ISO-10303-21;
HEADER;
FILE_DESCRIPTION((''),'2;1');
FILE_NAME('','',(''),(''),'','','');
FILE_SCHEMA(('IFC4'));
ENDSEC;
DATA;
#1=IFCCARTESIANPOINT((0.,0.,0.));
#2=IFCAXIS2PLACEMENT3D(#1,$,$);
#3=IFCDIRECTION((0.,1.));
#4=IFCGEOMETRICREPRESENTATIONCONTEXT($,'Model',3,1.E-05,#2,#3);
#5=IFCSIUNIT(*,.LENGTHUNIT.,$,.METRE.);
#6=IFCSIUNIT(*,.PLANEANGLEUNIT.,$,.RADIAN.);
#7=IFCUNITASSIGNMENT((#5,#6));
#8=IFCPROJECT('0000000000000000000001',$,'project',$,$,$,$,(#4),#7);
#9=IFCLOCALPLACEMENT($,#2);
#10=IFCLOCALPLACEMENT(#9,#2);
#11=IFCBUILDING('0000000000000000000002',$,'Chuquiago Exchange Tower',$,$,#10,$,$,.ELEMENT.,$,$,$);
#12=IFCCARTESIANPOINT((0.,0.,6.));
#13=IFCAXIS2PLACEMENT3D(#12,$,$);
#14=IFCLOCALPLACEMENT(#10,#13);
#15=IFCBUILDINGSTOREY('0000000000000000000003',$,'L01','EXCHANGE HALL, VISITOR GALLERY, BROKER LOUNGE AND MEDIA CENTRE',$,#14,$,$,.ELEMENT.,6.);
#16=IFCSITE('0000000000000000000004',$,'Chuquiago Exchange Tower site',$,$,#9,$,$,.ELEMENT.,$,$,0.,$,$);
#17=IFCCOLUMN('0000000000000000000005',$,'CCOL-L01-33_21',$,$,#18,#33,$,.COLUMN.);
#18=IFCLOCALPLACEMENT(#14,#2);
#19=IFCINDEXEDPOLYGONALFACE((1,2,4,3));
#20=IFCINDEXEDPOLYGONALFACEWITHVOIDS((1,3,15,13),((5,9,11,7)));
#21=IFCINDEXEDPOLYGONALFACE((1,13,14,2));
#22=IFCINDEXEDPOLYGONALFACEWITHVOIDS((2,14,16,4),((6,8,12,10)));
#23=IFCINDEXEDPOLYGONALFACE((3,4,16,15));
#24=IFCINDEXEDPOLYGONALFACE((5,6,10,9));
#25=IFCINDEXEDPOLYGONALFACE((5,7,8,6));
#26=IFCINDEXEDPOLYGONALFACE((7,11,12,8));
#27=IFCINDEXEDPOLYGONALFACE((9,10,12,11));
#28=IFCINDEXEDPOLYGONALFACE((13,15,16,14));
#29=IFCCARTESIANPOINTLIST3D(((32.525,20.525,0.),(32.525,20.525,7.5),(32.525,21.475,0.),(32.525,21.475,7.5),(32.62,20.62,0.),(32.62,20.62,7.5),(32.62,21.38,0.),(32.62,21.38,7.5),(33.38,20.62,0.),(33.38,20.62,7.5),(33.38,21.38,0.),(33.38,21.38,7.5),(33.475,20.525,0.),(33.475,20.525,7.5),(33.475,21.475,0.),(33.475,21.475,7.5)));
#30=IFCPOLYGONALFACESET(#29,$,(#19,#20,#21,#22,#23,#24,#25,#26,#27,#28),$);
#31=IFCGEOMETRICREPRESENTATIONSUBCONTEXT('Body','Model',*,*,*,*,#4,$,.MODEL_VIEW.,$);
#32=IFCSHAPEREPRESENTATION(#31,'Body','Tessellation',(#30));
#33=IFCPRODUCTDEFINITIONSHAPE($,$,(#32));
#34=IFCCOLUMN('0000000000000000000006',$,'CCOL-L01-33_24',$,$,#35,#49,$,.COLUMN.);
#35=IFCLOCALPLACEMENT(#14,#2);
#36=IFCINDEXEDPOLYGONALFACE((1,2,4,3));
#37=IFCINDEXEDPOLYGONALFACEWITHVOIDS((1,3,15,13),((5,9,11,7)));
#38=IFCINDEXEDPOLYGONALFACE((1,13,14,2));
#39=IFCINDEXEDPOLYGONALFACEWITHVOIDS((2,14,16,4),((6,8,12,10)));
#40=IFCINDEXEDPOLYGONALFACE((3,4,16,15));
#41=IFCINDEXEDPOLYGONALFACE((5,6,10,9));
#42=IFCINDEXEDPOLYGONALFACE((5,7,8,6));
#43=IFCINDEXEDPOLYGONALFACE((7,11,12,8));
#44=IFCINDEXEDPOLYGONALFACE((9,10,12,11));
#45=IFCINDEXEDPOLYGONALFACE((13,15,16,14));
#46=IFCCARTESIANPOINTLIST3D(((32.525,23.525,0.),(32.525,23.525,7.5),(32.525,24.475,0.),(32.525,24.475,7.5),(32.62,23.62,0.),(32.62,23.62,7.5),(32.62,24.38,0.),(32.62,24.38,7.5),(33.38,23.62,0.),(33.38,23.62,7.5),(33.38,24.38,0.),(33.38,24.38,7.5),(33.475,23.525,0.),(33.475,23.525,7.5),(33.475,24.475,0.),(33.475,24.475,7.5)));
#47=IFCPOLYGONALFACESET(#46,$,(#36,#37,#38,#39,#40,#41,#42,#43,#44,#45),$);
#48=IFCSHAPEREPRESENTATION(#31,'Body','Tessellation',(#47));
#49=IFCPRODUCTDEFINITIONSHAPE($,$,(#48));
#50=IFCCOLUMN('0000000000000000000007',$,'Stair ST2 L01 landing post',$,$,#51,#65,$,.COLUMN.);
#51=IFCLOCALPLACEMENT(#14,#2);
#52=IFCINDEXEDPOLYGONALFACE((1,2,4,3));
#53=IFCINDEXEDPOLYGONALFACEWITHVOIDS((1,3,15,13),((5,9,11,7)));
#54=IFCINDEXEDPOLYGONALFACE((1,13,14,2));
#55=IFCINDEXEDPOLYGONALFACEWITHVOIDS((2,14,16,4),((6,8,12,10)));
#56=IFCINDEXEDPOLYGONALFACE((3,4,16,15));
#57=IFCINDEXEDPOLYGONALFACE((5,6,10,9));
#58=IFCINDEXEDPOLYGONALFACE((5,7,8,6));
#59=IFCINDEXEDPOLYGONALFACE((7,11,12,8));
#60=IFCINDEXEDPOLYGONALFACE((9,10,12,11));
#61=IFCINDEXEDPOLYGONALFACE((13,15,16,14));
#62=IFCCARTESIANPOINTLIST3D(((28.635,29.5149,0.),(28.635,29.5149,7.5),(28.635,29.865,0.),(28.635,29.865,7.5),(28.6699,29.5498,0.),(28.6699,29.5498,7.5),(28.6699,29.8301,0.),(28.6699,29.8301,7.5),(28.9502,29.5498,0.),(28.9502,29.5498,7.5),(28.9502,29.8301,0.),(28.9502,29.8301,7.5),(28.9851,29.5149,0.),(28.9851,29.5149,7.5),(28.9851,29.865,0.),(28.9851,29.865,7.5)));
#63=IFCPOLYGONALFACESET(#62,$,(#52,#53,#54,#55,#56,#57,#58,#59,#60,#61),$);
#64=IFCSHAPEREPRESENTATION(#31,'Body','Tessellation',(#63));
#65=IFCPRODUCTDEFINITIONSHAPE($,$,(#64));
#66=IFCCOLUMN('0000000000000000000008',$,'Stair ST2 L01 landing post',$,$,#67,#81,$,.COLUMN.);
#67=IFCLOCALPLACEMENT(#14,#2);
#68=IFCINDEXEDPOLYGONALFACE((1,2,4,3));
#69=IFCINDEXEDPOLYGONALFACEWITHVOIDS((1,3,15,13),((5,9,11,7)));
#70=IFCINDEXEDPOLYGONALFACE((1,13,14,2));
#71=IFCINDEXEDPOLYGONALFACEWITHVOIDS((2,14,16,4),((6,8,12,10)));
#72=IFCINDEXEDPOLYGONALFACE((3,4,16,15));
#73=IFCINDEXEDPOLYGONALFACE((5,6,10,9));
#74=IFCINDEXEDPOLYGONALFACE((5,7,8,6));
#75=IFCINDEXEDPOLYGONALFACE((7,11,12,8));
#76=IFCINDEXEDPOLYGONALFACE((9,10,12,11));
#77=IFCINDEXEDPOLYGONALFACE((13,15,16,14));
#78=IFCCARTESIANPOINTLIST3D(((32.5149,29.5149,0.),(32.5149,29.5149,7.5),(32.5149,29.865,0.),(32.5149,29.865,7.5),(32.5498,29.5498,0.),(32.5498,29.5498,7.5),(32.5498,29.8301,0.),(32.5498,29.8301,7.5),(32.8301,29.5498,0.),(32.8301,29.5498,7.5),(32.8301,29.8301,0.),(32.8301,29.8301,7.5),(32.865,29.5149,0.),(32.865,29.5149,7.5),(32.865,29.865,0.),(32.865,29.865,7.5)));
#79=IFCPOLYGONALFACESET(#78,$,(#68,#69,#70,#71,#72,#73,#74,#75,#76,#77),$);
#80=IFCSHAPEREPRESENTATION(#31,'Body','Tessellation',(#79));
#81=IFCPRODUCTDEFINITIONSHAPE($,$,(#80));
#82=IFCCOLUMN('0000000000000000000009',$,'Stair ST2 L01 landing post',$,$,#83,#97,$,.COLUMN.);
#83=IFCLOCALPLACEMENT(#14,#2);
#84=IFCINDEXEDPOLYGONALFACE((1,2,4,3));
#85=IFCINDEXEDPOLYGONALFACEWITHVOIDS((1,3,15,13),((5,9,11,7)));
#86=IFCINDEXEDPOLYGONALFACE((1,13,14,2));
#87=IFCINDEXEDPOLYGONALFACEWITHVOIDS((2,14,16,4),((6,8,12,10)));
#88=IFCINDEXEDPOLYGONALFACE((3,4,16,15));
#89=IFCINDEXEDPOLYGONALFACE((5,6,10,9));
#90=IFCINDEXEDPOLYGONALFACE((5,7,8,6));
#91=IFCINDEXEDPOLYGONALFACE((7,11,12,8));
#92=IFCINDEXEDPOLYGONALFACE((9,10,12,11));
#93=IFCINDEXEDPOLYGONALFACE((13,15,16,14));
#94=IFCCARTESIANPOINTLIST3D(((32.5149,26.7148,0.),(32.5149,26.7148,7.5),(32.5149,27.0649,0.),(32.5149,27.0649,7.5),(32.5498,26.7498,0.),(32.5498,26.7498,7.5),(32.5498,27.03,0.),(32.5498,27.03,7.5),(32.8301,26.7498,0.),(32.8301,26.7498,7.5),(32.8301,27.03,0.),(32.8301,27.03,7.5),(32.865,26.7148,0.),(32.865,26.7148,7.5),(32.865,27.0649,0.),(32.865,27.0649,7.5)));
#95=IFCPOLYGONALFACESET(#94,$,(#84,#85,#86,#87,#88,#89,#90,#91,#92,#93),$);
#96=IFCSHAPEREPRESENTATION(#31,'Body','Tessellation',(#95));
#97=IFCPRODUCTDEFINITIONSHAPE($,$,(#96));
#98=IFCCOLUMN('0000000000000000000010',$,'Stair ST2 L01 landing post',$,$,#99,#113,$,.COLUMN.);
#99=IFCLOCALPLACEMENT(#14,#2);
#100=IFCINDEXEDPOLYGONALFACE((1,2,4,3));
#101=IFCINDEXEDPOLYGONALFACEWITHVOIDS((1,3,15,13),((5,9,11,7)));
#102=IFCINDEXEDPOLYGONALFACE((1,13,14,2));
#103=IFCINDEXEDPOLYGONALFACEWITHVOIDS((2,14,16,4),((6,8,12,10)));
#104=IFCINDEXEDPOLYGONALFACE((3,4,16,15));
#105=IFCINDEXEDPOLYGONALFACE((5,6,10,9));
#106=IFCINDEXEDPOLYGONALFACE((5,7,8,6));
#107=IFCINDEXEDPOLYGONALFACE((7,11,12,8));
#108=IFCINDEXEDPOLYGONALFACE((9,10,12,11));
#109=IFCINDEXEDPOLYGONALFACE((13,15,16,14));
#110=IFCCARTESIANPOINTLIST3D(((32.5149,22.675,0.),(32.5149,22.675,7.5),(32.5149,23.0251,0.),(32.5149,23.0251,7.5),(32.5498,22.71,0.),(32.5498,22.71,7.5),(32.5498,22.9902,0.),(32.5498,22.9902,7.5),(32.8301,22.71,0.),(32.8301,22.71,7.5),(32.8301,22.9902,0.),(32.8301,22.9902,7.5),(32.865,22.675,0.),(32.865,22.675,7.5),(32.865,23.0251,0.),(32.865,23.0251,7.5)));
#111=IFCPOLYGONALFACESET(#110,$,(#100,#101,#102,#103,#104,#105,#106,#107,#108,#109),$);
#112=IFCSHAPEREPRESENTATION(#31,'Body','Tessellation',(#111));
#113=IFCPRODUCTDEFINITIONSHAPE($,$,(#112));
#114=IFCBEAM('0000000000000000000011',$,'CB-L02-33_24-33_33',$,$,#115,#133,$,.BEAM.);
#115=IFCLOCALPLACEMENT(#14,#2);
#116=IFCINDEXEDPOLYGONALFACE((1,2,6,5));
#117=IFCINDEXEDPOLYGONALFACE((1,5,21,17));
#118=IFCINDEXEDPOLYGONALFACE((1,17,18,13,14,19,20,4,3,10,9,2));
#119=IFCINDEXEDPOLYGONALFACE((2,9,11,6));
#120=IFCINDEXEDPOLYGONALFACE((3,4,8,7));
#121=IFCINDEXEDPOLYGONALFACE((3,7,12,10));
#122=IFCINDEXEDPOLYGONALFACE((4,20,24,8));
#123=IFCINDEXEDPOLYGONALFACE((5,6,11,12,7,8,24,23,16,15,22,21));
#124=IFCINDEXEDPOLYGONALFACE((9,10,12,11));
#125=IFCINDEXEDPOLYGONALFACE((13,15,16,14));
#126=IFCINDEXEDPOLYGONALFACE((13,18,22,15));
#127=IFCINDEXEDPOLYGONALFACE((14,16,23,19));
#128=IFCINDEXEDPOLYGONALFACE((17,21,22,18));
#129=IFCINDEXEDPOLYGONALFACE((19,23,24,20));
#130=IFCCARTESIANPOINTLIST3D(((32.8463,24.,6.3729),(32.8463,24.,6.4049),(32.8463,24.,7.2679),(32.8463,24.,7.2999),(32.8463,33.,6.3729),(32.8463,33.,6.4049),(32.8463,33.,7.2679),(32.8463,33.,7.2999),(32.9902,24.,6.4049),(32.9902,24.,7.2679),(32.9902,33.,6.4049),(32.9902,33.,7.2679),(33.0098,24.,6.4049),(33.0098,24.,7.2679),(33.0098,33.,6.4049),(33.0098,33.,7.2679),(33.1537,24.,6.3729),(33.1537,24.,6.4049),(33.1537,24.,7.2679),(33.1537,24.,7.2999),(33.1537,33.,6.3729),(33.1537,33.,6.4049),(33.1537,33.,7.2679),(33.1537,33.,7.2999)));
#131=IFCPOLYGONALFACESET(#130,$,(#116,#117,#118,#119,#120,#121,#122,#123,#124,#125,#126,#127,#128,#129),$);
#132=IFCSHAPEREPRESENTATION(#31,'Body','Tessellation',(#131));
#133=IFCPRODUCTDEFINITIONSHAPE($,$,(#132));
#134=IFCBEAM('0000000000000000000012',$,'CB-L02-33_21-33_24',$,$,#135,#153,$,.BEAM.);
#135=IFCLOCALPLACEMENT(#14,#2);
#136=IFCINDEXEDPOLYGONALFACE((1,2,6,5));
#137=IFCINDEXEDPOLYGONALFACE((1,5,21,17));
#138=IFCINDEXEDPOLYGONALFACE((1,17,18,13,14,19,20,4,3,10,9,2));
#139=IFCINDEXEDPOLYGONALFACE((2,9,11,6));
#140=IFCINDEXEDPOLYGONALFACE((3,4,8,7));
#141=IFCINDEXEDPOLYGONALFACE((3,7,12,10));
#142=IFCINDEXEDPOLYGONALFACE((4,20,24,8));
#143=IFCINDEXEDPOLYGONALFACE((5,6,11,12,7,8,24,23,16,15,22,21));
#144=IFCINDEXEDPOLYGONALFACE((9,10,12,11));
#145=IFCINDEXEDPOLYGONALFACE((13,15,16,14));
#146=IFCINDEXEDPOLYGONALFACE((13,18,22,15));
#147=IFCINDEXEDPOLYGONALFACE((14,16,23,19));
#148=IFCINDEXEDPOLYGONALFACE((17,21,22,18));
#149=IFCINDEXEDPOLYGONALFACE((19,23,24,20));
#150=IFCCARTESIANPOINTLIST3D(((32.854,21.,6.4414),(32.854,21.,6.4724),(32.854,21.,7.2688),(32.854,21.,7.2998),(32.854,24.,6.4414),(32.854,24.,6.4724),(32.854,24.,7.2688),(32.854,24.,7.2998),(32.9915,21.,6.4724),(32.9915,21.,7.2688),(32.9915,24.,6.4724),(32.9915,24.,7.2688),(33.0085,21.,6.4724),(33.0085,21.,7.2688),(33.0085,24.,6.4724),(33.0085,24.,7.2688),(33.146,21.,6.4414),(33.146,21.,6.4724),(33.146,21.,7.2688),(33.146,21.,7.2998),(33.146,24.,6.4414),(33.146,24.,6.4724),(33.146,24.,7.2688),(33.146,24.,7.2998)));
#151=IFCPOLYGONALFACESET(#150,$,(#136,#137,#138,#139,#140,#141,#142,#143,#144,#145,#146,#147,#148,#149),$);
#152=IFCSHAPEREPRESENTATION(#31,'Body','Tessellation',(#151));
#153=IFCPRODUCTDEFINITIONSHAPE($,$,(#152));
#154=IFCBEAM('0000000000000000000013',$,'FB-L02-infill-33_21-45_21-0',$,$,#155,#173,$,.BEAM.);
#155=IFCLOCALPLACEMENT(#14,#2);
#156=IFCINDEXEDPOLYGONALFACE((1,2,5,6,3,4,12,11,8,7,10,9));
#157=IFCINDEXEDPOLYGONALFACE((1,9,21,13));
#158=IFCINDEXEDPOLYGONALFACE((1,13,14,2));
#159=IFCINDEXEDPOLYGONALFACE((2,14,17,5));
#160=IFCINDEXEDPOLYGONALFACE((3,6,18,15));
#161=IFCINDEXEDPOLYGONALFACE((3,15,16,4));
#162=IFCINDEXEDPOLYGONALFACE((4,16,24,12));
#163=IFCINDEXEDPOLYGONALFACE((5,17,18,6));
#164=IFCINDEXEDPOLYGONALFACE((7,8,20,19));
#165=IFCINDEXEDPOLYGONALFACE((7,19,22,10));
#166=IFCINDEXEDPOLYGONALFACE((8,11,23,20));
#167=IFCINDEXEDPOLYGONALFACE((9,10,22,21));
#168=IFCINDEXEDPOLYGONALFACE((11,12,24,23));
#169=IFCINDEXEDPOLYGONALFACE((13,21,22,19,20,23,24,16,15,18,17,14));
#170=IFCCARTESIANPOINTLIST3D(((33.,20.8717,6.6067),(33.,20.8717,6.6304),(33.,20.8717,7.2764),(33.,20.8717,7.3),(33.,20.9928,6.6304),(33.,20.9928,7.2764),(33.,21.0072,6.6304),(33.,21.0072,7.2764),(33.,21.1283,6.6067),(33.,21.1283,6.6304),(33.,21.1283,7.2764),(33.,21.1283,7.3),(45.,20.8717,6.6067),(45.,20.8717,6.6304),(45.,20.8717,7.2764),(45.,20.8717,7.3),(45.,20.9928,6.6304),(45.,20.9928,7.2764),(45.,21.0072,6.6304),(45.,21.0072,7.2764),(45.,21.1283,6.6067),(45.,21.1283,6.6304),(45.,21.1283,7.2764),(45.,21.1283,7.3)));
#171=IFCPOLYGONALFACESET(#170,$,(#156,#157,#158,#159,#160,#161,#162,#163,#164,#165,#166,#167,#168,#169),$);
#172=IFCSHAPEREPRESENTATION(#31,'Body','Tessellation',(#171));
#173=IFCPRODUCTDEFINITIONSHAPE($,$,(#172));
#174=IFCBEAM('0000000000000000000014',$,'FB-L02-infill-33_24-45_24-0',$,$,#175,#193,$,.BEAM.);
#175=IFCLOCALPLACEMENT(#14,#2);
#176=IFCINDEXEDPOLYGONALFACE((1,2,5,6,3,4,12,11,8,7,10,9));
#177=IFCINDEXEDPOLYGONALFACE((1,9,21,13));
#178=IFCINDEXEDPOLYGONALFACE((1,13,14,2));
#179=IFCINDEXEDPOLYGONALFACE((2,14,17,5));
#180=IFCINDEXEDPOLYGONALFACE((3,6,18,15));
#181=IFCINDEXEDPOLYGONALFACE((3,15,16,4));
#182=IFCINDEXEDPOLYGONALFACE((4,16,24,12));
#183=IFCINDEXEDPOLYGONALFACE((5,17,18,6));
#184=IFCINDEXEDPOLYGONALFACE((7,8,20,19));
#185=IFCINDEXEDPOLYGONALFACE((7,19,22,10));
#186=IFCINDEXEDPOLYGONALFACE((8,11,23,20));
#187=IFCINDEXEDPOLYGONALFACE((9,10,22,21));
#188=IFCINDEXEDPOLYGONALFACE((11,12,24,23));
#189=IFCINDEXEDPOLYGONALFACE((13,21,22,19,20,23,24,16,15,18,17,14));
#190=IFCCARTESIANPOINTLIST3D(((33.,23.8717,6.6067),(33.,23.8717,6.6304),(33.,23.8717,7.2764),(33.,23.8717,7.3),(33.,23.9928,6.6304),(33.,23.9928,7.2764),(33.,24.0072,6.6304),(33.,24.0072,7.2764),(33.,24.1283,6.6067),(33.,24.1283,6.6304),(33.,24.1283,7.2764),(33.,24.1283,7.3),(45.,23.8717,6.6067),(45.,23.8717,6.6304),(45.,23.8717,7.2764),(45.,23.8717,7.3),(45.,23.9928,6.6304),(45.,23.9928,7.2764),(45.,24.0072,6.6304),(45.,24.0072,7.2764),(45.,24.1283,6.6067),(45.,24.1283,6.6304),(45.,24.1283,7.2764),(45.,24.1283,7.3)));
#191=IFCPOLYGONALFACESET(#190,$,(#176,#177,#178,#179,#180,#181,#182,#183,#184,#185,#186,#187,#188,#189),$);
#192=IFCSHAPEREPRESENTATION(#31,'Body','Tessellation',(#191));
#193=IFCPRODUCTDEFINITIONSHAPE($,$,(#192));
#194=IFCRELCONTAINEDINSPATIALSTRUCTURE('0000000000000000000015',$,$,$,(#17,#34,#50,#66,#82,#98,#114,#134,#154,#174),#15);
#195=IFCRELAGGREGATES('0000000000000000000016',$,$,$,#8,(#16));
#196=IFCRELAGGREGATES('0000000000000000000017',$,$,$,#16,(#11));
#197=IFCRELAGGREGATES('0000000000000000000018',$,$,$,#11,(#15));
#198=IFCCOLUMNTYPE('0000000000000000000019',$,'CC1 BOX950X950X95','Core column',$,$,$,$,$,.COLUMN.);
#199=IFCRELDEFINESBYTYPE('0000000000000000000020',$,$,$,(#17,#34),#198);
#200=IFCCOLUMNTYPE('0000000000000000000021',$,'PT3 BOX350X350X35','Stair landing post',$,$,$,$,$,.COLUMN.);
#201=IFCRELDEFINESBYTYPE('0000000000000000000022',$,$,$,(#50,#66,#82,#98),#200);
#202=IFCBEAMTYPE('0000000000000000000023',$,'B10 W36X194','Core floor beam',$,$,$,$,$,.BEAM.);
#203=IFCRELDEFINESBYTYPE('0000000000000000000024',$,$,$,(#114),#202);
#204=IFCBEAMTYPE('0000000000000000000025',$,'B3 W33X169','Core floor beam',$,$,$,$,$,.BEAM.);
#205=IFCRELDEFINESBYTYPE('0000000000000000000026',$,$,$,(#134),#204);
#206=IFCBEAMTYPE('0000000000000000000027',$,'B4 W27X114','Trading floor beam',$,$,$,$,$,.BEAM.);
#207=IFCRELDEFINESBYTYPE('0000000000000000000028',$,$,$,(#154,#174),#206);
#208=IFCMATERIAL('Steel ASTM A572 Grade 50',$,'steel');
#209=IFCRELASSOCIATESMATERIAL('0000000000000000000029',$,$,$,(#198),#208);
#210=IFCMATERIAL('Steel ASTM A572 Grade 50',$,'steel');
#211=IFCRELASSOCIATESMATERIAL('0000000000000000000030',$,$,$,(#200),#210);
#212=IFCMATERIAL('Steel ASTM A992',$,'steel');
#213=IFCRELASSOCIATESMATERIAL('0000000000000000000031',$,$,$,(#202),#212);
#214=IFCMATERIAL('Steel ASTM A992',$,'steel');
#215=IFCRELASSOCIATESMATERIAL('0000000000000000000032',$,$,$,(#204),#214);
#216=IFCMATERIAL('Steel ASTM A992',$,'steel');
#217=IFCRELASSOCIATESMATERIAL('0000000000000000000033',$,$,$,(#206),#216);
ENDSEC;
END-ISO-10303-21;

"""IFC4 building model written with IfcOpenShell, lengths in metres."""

from ifc_helpers import new_model, si_unit, direction, frame, origin, origin_2d, place, context, subcontext, project, spatial, hollow_rectangle, i_section, extrude, material, material_profile, profile_set, type_object, element, save


model = new_model("IFC4")

# Units and contexts
model_context = context("Model", 3, precision=1e-05, world=origin(), true_north=direction((0.0, 1.0)))
body_context = subcontext(model_context, "Body", "Model", "MODEL_VIEW")
ifc_project = project(units=[si_unit("LENGTHUNIT", "METRE"), si_unit("PLANEANGLEUNIT", "RADIAN")], contexts=[model_context])

# Site, building, storey
site_placement = place(None, origin())
site = spatial("IfcSite", under=ifc_project, at=site_placement, Name="Chuquiago Exchange Tower site", CompositionType="ELEMENT", RefElevation=0.0)
building_placement = place(site_placement, origin())
building = spatial("IfcBuilding", under=site, at=building_placement, Name="Chuquiago Exchange Tower", CompositionType="ELEMENT")
storey_placement = place(building_placement, frame((0.0, 0.0, 6.0)))
storey = spatial("IfcBuildingStorey", under=building, at=storey_placement, Name="L01", Description="EXCHANGE HALL, VISITOR GALLERY, BROKER LOUNGE AND MEDIA CENTRE", CompositionType="ELEMENT", Elevation=6.0)

# Columns
ifc_material_1 = material(Name="Steel ASTM A572 Grade 50", Category="steel")
ifc_material_profile_1 = material_profile(ifc_material_1, hollow_rectangle(XDim=0.95, YDim=0.95, WallThickness=0.095, at=origin_2d()), Name="BOX950X950X95")
ifc_profile_set_1 = profile_set([ifc_material_profile_1], Name="Steel ASTM A572 Grade 50")
column_type_1 = type_object("IfcColumnType", Name="CC1 BOX950X950X95", Description="Core column", PredefinedType="COLUMN", material=ifc_profile_set_1)
for number, where, z_axis, x_axis, name in (
    (1, (33.0, 21.0, 0.0), (0.0, 0.0, 1.0), (1.0, 0.0, 0.0), "CCOL-L01-33_21"),
    (2, (33.0, 24.0, 0.0), (0.0, 0.0, 1.0), (1.0, 0.0, 0.0), "CCOL-L01-33_24"),
):
    element("IfcColumn", number, at=place(storey_placement, frame(where, z_axis=z_axis, x_axis=x_axis)), inside=storey, type_object=column_type_1, Name=name, PredefinedType="COLUMN", context=body_context, shape_type="SweptSolid", body=[
        extrude(hollow_rectangle(XDim=0.95, YDim=0.95, WallThickness=0.095, at=origin_2d()), origin(), (0.0, 0.0, 1.0), 7.5),
    ])
ifc_material_2 = material(Name="Steel ASTM A572 Grade 50", Category="steel")
ifc_material_profile_2 = material_profile(ifc_material_2, hollow_rectangle(XDim=0.3501, YDim=0.3501, WallThickness=0.0349, at=origin_2d()), Name="BOX350X350X35")
ifc_profile_set_2 = profile_set([ifc_material_profile_2], Name="Steel ASTM A572 Grade 50")
column_type_2 = type_object("IfcColumnType", Name="PT3 BOX350X350X35", Description="Stair landing post", PredefinedType="COLUMN", material=ifc_profile_set_2)
for number, where, z_axis, x_axis, name in (
    (3, (28.8101, 29.6899, 0.0), (0.0, 0.0, 1.0), (1.0, 0.0, 0.0), "Stair ST2 L01 landing post"),
    (4, (32.6899, 29.6899, 0.0), (0.0, 0.0, 1.0), (1.0, 0.0, 0.0), "Stair ST2 L01 landing post"),
    (5, (32.6899, 26.8899, 0.0), (0.0, 0.0, 1.0), (1.0, 0.0, 0.0), "Stair ST2 L01 landing post"),
    (6, (32.6899, 22.8501, 0.0), (0.0, 0.0, 1.0), (1.0, 0.0, 0.0), "Stair ST2 L01 landing post"),
):
    element("IfcColumn", number, at=place(storey_placement, frame(where, z_axis=z_axis, x_axis=x_axis)), inside=storey, type_object=column_type_2, Name=name, PredefinedType="COLUMN", context=body_context, shape_type="SweptSolid", body=[
        extrude(hollow_rectangle(XDim=0.3501, YDim=0.3501, WallThickness=0.0349, at=origin_2d()), origin(), (0.0, 0.0, 1.0), 7.5),
    ])

# Beams
ifc_material_3 = material(Name="Steel ASTM A992", Category="steel")
ifc_material_profile_3 = material_profile(ifc_material_3, i_section(OverallWidth=0.3074, OverallDepth=0.927, WebThickness=0.0195, FlangeThickness=0.032, at=origin_2d()), Name="W36X194")
ifc_profile_set_3 = profile_set([ifc_material_profile_3], Name="Steel ASTM A992")
beam_type_1 = type_object("IfcBeamType", Name="B10 W36X194", Description="Core floor beam", PredefinedType="BEAM", material=ifc_profile_set_3)
beam_1_placement = place(storey_placement, frame((33.0, 24.0, 6.8364), z_axis=(0.0, 1.0, 0.0), x_axis=(-1.0, 0.0, 0.0)))
element("IfcBeam", 7, at=beam_1_placement, inside=storey, type_object=beam_type_1, Name="CB-L02-33_24-33_33", PredefinedType="BEAM", context=body_context, shape_type="SweptSolid", body=[
    extrude(i_section(OverallWidth=0.3074, OverallDepth=0.927, WebThickness=0.0195, FlangeThickness=0.032, at=origin_2d()), origin(), (0.0, 0.0, 1.0), 9.0),
])
ifc_material_4 = material(Name="Steel ASTM A992", Category="steel")
ifc_material_profile_4 = material_profile(ifc_material_4, i_section(OverallWidth=0.292, OverallDepth=0.8584, WebThickness=0.0171, FlangeThickness=0.031, at=origin_2d()), Name="W33X169")
ifc_profile_set_4 = profile_set([ifc_material_profile_4], Name="Steel ASTM A992")
beam_type_2 = type_object("IfcBeamType", Name="B3 W33X169", Description="Core floor beam", PredefinedType="BEAM", material=ifc_profile_set_4)
beam_2_placement = place(storey_placement, frame((33.0, 21.0, 6.8706), z_axis=(0.0, 1.0, 0.0), x_axis=(-1.0, 0.0, 0.0)))
element("IfcBeam", 8, at=beam_2_placement, inside=storey, type_object=beam_type_2, Name="CB-L02-33_21-33_24", PredefinedType="BEAM", context=body_context, shape_type="SweptSolid", body=[
    extrude(i_section(OverallWidth=0.292, OverallDepth=0.8584, WebThickness=0.0171, FlangeThickness=0.031, at=origin_2d()), origin(), (0.0, 0.0, 1.0), 3.0),
])
ifc_material_5 = material(Name="Steel ASTM A992", Category="steel")
ifc_material_profile_5 = material_profile(ifc_material_5, i_section(OverallWidth=0.2566, OverallDepth=0.6934, WebThickness=0.0144, FlangeThickness=0.0237, at=origin_2d()), Name="W27X114")
ifc_profile_set_5 = profile_set([ifc_material_profile_5], Name="Steel ASTM A992")
beam_type_3 = type_object("IfcBeamType", Name="B4 W27X114", Description="Trading floor beam", PredefinedType="BEAM", material=ifc_profile_set_5)
for number, where, z_axis, x_axis, name in (
    (9, (33.0, 21.0, 6.9534), (1.0, 0.0, 0.0), (0.0, 1.0, 0.0), "FB-L02-infill-33_21-45_21-0"),
    (10, (33.0, 24.0, 6.9534), (1.0, 0.0, 0.0), (0.0, 1.0, 0.0), "FB-L02-infill-33_24-45_24-0"),
):
    element("IfcBeam", number, at=place(storey_placement, frame(where, z_axis=z_axis, x_axis=x_axis)), inside=storey, type_object=beam_type_3, Name=name, PredefinedType="BEAM", context=body_context, shape_type="SweptSolid", body=[
        extrude(i_section(OverallWidth=0.2566, OverallDepth=0.6934, WebThickness=0.0144, FlangeThickness=0.0237, at=origin_2d()), origin(), (0.0, 0.0, 1.0), 12.0),
    ])

save(model, "model.ifc")
